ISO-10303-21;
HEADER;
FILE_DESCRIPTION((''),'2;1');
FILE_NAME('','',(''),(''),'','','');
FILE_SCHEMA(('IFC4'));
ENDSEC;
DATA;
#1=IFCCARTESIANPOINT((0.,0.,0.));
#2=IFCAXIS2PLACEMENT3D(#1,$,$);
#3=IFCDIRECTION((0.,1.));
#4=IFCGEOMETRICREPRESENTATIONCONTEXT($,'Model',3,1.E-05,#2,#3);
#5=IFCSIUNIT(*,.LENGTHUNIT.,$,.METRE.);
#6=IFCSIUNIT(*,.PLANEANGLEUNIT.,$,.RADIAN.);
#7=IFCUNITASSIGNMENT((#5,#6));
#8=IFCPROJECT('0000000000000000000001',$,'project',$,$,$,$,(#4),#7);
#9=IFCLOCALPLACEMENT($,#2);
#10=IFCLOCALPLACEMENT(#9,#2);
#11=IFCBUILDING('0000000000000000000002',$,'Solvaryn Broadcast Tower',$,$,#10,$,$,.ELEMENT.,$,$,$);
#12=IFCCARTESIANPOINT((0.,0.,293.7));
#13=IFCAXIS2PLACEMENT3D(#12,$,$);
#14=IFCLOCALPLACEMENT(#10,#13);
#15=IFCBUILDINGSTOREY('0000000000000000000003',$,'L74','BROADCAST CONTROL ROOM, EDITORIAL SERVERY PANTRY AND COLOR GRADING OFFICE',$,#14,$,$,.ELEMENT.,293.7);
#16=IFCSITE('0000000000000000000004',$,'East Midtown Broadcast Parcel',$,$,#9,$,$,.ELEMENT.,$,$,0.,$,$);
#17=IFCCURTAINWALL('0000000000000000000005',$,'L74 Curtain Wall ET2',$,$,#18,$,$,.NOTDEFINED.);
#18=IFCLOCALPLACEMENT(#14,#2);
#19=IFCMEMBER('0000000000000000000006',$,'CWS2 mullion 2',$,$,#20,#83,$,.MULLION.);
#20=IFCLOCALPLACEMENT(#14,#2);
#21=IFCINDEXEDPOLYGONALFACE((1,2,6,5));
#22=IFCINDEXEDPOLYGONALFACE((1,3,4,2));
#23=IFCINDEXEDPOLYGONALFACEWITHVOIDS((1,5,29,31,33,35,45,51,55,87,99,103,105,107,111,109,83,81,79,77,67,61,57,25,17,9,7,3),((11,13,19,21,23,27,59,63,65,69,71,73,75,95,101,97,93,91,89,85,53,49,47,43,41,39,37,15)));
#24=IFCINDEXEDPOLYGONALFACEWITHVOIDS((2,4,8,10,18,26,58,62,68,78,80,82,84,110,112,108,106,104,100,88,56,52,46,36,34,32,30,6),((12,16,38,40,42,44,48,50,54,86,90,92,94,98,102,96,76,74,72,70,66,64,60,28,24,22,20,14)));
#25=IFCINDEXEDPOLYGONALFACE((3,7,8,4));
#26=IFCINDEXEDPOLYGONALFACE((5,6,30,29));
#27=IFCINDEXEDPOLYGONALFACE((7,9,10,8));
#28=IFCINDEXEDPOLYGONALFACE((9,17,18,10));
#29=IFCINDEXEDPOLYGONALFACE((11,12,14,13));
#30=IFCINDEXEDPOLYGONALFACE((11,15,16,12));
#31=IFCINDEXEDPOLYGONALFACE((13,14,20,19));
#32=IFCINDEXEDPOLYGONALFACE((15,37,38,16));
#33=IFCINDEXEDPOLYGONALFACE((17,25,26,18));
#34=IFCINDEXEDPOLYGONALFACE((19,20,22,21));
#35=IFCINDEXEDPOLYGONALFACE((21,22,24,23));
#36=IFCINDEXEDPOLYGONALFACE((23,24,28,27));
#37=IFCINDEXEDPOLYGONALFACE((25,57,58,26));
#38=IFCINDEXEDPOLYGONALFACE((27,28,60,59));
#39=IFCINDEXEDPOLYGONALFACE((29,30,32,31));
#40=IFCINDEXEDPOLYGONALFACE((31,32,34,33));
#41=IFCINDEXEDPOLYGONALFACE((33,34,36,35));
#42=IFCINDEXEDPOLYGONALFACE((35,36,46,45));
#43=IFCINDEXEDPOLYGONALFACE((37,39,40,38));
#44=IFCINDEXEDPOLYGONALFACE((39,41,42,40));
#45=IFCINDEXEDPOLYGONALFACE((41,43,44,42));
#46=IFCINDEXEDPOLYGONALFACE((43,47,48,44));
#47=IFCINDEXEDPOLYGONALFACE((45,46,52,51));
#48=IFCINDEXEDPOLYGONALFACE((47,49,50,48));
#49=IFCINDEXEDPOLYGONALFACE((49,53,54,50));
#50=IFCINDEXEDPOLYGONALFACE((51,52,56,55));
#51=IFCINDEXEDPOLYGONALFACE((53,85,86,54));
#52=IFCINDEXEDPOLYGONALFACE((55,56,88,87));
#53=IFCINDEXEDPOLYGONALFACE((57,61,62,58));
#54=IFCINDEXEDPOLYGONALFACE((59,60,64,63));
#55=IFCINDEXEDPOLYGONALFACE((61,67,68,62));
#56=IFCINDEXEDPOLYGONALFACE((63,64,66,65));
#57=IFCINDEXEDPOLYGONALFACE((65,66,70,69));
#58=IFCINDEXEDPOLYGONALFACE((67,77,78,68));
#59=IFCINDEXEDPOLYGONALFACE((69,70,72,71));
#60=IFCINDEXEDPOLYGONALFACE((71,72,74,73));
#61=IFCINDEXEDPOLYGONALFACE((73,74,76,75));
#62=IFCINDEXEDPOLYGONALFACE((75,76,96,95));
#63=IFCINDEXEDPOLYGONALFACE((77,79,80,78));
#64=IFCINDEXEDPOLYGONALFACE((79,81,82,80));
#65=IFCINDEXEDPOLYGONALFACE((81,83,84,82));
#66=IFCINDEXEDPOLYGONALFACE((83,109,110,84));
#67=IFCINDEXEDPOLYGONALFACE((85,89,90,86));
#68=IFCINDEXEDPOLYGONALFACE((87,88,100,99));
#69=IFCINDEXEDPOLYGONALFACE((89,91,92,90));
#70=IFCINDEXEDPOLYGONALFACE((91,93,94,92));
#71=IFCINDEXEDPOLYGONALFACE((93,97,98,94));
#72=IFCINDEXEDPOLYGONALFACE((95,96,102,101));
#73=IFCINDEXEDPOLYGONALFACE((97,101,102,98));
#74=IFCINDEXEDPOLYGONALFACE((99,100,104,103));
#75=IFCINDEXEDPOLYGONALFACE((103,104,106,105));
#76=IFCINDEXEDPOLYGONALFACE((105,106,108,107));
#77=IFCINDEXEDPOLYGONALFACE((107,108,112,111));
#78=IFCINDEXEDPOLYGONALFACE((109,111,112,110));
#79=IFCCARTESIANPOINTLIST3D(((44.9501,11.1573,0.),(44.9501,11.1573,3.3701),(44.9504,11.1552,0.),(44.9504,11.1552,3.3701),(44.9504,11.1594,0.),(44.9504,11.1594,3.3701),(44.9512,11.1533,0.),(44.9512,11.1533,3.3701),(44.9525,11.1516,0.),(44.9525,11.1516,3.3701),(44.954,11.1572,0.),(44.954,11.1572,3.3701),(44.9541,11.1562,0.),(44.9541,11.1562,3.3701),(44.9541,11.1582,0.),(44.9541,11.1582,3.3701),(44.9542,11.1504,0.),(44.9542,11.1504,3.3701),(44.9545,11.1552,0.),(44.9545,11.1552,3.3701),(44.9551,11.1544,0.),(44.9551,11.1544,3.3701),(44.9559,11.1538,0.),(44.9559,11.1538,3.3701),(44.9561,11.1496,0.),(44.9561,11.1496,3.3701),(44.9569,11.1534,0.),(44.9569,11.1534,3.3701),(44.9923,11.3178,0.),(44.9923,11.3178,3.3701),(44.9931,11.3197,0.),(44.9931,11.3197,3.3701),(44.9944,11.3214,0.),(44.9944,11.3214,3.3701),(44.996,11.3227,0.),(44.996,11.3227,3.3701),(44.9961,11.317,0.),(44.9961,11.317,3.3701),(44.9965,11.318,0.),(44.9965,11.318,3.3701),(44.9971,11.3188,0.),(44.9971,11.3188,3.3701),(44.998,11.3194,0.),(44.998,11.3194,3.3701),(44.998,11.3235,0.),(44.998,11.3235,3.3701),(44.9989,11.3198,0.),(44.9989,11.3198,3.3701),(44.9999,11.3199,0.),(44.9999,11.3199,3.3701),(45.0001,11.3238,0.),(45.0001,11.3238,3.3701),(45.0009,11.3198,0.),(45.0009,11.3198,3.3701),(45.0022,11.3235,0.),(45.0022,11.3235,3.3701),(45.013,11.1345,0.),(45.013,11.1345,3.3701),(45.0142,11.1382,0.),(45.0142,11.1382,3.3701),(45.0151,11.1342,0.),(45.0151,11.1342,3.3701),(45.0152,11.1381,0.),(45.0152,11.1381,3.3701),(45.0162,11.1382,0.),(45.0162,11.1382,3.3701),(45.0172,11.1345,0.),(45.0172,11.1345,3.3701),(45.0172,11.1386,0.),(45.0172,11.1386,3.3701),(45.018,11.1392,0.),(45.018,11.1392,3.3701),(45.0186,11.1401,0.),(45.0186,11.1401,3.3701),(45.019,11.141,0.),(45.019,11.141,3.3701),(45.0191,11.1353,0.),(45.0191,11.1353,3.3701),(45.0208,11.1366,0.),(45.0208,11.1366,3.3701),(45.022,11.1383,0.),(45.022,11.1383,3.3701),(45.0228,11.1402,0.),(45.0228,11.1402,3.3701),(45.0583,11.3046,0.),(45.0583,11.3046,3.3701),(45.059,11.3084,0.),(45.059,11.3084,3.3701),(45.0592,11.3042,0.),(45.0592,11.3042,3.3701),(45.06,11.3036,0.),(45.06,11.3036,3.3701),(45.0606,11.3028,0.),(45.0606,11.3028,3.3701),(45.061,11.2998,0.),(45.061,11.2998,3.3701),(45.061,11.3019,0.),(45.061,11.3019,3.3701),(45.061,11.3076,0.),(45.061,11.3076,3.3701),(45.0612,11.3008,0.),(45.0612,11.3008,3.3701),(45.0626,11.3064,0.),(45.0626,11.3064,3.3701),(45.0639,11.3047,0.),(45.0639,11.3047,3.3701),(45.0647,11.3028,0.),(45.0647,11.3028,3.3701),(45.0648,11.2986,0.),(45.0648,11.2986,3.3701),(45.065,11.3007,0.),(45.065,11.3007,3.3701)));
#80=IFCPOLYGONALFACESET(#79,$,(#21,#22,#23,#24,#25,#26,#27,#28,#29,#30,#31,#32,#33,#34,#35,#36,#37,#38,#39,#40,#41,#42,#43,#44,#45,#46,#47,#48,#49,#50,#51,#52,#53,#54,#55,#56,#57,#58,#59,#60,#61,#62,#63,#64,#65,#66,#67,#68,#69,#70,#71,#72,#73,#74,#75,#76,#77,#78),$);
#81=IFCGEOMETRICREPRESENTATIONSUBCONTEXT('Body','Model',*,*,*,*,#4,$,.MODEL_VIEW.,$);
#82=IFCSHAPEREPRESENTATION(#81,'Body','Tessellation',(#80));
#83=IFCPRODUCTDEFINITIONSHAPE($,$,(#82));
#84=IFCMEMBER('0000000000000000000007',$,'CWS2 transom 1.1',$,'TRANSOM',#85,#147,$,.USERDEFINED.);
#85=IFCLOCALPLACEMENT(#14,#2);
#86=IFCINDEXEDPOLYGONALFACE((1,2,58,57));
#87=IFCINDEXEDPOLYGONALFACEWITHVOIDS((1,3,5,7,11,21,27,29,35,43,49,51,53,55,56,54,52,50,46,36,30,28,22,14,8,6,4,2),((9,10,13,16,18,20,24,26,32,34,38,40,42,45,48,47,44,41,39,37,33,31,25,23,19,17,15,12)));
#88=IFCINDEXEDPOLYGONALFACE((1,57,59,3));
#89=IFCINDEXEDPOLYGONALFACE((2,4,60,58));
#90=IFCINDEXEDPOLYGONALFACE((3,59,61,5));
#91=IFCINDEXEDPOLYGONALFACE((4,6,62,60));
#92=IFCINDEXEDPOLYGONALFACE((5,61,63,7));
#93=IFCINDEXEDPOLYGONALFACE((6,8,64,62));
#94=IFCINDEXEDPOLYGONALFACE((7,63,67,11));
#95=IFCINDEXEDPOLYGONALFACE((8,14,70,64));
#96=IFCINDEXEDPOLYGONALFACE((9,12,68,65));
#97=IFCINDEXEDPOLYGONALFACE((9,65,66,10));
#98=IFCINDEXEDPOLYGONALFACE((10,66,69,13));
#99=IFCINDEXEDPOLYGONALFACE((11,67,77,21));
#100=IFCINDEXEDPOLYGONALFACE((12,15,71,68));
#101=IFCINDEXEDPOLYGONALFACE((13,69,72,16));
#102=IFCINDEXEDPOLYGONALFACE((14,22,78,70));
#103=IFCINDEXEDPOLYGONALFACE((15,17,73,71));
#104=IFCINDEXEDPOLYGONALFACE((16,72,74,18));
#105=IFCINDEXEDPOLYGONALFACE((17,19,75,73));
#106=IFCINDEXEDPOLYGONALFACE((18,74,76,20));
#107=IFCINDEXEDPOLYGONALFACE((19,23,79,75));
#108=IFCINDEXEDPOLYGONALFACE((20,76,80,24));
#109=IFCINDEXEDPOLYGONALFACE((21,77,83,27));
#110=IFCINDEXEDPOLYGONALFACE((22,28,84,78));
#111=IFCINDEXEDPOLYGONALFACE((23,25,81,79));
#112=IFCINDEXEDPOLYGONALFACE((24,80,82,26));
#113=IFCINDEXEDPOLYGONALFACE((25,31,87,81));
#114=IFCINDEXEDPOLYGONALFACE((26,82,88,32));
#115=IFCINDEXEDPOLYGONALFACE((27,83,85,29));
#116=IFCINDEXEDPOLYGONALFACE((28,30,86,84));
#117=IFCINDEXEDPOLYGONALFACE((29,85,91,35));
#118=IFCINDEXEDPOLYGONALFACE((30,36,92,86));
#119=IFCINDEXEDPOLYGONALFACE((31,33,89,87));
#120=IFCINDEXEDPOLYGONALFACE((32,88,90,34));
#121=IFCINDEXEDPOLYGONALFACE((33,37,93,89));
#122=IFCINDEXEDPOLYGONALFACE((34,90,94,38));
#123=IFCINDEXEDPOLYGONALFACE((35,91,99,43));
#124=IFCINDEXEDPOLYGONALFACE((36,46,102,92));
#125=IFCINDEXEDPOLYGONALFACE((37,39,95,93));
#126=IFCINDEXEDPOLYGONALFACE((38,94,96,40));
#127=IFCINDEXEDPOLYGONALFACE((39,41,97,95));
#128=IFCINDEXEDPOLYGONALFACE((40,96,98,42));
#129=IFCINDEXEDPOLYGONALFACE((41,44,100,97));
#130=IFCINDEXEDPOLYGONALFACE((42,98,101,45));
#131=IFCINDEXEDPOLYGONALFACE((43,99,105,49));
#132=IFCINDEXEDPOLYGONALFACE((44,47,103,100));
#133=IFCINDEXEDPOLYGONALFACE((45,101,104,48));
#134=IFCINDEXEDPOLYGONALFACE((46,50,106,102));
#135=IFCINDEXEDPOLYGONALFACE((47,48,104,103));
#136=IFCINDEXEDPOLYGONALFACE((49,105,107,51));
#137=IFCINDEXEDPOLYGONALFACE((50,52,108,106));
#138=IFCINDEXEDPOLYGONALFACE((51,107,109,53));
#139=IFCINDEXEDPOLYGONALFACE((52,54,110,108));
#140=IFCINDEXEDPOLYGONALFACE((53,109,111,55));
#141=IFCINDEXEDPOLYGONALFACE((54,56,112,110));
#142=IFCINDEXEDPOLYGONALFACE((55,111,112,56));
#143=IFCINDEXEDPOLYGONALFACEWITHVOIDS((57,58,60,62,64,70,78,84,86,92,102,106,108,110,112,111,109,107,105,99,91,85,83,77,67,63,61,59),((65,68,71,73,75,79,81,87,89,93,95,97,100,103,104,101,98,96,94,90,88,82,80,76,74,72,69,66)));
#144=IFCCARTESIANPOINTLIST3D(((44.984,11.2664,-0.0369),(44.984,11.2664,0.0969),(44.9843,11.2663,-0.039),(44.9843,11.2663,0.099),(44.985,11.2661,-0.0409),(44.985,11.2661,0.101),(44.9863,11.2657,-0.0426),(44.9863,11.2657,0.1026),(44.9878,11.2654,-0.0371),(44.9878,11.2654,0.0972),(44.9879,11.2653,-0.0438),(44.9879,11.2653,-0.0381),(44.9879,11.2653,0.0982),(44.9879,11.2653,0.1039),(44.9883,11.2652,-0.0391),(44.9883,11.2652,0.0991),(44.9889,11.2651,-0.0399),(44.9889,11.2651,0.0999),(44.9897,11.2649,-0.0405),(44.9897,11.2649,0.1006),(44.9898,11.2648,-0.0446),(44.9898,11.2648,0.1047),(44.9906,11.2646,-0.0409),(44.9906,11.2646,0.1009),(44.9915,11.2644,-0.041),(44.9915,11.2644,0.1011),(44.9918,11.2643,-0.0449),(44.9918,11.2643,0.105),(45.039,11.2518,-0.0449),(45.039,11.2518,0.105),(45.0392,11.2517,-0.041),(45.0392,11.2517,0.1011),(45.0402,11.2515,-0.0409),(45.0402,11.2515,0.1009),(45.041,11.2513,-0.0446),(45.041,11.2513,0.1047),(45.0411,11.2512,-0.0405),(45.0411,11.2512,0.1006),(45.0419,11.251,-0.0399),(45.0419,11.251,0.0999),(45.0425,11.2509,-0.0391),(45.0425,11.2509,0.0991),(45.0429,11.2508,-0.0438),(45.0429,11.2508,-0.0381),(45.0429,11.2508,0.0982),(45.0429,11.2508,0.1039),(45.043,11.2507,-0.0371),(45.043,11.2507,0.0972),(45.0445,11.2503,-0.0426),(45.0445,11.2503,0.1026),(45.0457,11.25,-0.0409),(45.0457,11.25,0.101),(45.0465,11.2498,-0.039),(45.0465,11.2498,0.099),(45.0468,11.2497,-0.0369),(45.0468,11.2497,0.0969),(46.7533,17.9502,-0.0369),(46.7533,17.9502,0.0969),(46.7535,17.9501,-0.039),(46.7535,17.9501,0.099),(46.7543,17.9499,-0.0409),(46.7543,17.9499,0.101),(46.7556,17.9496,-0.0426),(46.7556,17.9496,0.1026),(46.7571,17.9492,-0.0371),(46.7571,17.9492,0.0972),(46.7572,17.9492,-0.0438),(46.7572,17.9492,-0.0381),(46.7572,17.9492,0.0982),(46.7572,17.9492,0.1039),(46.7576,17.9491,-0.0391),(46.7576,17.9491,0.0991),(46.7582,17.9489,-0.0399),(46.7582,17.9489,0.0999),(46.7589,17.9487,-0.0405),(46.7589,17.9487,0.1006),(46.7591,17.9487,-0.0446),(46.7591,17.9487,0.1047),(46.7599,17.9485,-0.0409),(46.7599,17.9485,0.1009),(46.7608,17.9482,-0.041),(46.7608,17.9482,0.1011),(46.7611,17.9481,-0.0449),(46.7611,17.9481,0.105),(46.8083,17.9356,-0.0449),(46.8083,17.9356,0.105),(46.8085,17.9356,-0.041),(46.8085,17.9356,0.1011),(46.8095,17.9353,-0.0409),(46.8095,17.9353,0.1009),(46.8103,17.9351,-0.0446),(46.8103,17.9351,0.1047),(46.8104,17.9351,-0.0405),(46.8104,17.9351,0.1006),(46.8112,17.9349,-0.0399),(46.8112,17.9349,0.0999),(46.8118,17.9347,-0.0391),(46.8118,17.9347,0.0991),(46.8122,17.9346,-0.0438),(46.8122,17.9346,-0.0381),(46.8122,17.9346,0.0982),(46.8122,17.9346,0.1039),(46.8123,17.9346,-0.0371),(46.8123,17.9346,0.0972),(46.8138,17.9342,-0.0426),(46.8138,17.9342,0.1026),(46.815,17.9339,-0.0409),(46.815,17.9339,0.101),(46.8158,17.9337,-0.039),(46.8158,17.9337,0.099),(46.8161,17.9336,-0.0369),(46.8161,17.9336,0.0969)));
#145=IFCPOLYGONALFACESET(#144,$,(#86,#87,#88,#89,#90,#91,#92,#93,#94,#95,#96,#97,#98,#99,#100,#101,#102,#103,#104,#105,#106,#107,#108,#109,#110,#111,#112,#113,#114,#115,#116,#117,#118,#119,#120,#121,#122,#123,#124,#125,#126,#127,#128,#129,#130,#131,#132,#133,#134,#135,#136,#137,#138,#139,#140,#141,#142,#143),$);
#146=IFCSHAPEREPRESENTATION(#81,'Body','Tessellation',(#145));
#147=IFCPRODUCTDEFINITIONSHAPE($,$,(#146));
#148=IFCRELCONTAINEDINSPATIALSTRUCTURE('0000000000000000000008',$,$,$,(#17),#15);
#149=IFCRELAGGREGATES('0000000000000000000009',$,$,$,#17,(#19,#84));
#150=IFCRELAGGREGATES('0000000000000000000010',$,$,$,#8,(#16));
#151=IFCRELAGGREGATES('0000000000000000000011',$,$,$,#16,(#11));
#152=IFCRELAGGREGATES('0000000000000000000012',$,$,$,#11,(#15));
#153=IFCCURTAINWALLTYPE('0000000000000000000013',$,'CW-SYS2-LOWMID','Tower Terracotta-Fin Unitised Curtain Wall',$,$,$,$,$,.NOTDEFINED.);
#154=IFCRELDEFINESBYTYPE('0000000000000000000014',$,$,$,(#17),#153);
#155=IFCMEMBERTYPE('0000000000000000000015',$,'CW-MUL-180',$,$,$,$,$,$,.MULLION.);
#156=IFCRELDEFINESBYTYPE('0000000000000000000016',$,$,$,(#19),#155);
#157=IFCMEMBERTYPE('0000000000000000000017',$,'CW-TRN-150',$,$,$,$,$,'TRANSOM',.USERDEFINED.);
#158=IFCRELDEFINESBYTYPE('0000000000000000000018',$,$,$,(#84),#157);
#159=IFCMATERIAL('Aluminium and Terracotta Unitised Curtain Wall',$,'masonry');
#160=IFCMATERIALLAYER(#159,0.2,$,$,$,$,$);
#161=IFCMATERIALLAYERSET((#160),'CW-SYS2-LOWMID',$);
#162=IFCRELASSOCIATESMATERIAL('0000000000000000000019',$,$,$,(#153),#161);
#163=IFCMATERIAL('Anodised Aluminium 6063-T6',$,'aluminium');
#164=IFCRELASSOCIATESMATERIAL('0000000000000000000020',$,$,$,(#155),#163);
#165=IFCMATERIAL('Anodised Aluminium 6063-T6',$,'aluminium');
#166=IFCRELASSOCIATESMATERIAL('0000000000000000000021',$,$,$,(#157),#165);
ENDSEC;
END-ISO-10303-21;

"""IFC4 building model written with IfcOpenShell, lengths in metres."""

from ifc_helpers import new_model, si_unit, direction, frame, origin, origin_2d, place, context, subcontext, project, spatial, hollow_rectangle, extrude, material, layer, layer_set, material_profile, profile_set, type_object, element, aggregate, save


model = new_model("IFC4")

# Units and contexts
model_context = context("Model", 3, precision=1e-05, world=origin(), true_north=direction((0.0, 1.0)))
body_context = subcontext(model_context, "Body", "Model", "MODEL_VIEW")
ifc_project = project(units=[si_unit("LENGTHUNIT", "METRE"), si_unit("PLANEANGLEUNIT", "RADIAN")], contexts=[model_context])

# Site, building, storey
site_placement = place(None, origin())
site = spatial("IfcSite", under=ifc_project, at=site_placement, Name="East Midtown Broadcast Parcel", CompositionType="ELEMENT", RefElevation=0.0)
building_placement = place(site_placement, origin())
building = spatial("IfcBuilding", under=site, at=building_placement, Name="Solvaryn Broadcast Tower", CompositionType="ELEMENT")
storey_placement = place(building_placement, frame((0.0, 0.0, 293.7)))
storey = spatial("IfcBuildingStorey", under=building, at=storey_placement, Name="L74", Description="BROADCAST CONTROL ROOM, EDITORIAL SERVERY PANTRY AND COLOR GRADING OFFICE", CompositionType="ELEMENT", Elevation=293.7)

# Shared definitions
ifc_material_1 = material(Name="Aluminium and Terracotta Unitised Curtain Wall", Category="masonry")
ifc_layer_1 = layer(ifc_material_1, 0.2)
ifc_layer_set_1 = layer_set([ifc_layer_1], Name="CW-SYS2-LOWMID")
curtain_wall_type = type_object("IfcCurtainWallType", Name="CW-SYS2-LOWMID", Description="Tower Terracotta-Fin Unitised Curtain Wall", PredefinedType="NOTDEFINED", material=ifc_layer_set_1)
ifc_material_2 = material(Name="Anodised Aluminium 6063-T6", Category="aluminium")
ifc_material_profile_1 = material_profile(ifc_material_2, hollow_rectangle(XDim=0.075, YDim=0.1799, WallThickness=0.0039, InnerFilletRadius=0.0039, OuterFilletRadius=0.0081, at=origin_2d()))
ifc_profile_set_1 = profile_set([ifc_material_profile_1], Name="Anodised Aluminium 6063-T6")
member_type_1 = type_object("IfcMemberType", Name="CW-MUL-180", PredefinedType="MULLION", material=ifc_profile_set_1)

# Curtain wall, members
curtain_wall_1_placement = place(storey_placement, origin())
curtain_wall_1 = element("IfcCurtainWall", 1, at=curtain_wall_1_placement, inside=storey, type_object=curtain_wall_type, Name="L74 Curtain Wall ET2", PredefinedType="NOTDEFINED")
member_1_placement = place(storey_placement, frame((45.0076, 11.229, 0.0), z_axis=(0.0, 0.0, 1.0), x_axis=(0.966705, -0.255893, 0.0)))
member_1 = element("IfcMember", 2, at=member_1_placement, type_object=member_type_1, Name="CWS2 mullion 2", PredefinedType="MULLION", context=body_context, shape_type="SweptSolid", body=[
    extrude(hollow_rectangle(XDim=0.075, YDim=0.1799, WallThickness=0.0039, InnerFilletRadius=0.0039, OuterFilletRadius=0.0081, at=origin_2d()), origin(), (0.0, 0.0, 1.0), 3.3701),
])
ifc_material_3 = material(Name="Anodised Aluminium 6063-T6", Category="aluminium")
ifc_material_profile_2 = material_profile(ifc_material_3, hollow_rectangle(XDim=0.0649, YDim=0.1499, WallThickness=0.0039, InnerFilletRadius=0.0039, OuterFilletRadius=0.0081, at=origin_2d()))
ifc_profile_set_2 = profile_set([ifc_material_profile_2], Name="Anodised Aluminium 6063-T6")
member_type_2 = type_object("IfcMemberType", Name="CW-TRN-150", ElementType="TRANSOM", PredefinedType="USERDEFINED", material=ifc_profile_set_2)
member_2_placement = place(storey_placement, frame((46.7847, 17.9419, 0.03), z_axis=(-0.255897, -0.966704, 0.0), x_axis=(0.966704, -0.255897, 0.0)))
member_2 = element("IfcMember", 3, at=member_2_placement, type_object=member_type_2, Name="CWS2 transom 1.1", ObjectType="TRANSOM", PredefinedType="USERDEFINED", context=body_context, shape_type="SweptSolid", body=[
    extrude(hollow_rectangle(XDim=0.0649, YDim=0.1499, WallThickness=0.0039, InnerFilletRadius=0.0039, OuterFilletRadius=0.0081, at=origin_2d()), origin(), (0.0, 0.0, 1.0), 6.9141),
])

aggregate(curtain_wall_1, [member_1, member_2])

save(model, "model.ifc")
